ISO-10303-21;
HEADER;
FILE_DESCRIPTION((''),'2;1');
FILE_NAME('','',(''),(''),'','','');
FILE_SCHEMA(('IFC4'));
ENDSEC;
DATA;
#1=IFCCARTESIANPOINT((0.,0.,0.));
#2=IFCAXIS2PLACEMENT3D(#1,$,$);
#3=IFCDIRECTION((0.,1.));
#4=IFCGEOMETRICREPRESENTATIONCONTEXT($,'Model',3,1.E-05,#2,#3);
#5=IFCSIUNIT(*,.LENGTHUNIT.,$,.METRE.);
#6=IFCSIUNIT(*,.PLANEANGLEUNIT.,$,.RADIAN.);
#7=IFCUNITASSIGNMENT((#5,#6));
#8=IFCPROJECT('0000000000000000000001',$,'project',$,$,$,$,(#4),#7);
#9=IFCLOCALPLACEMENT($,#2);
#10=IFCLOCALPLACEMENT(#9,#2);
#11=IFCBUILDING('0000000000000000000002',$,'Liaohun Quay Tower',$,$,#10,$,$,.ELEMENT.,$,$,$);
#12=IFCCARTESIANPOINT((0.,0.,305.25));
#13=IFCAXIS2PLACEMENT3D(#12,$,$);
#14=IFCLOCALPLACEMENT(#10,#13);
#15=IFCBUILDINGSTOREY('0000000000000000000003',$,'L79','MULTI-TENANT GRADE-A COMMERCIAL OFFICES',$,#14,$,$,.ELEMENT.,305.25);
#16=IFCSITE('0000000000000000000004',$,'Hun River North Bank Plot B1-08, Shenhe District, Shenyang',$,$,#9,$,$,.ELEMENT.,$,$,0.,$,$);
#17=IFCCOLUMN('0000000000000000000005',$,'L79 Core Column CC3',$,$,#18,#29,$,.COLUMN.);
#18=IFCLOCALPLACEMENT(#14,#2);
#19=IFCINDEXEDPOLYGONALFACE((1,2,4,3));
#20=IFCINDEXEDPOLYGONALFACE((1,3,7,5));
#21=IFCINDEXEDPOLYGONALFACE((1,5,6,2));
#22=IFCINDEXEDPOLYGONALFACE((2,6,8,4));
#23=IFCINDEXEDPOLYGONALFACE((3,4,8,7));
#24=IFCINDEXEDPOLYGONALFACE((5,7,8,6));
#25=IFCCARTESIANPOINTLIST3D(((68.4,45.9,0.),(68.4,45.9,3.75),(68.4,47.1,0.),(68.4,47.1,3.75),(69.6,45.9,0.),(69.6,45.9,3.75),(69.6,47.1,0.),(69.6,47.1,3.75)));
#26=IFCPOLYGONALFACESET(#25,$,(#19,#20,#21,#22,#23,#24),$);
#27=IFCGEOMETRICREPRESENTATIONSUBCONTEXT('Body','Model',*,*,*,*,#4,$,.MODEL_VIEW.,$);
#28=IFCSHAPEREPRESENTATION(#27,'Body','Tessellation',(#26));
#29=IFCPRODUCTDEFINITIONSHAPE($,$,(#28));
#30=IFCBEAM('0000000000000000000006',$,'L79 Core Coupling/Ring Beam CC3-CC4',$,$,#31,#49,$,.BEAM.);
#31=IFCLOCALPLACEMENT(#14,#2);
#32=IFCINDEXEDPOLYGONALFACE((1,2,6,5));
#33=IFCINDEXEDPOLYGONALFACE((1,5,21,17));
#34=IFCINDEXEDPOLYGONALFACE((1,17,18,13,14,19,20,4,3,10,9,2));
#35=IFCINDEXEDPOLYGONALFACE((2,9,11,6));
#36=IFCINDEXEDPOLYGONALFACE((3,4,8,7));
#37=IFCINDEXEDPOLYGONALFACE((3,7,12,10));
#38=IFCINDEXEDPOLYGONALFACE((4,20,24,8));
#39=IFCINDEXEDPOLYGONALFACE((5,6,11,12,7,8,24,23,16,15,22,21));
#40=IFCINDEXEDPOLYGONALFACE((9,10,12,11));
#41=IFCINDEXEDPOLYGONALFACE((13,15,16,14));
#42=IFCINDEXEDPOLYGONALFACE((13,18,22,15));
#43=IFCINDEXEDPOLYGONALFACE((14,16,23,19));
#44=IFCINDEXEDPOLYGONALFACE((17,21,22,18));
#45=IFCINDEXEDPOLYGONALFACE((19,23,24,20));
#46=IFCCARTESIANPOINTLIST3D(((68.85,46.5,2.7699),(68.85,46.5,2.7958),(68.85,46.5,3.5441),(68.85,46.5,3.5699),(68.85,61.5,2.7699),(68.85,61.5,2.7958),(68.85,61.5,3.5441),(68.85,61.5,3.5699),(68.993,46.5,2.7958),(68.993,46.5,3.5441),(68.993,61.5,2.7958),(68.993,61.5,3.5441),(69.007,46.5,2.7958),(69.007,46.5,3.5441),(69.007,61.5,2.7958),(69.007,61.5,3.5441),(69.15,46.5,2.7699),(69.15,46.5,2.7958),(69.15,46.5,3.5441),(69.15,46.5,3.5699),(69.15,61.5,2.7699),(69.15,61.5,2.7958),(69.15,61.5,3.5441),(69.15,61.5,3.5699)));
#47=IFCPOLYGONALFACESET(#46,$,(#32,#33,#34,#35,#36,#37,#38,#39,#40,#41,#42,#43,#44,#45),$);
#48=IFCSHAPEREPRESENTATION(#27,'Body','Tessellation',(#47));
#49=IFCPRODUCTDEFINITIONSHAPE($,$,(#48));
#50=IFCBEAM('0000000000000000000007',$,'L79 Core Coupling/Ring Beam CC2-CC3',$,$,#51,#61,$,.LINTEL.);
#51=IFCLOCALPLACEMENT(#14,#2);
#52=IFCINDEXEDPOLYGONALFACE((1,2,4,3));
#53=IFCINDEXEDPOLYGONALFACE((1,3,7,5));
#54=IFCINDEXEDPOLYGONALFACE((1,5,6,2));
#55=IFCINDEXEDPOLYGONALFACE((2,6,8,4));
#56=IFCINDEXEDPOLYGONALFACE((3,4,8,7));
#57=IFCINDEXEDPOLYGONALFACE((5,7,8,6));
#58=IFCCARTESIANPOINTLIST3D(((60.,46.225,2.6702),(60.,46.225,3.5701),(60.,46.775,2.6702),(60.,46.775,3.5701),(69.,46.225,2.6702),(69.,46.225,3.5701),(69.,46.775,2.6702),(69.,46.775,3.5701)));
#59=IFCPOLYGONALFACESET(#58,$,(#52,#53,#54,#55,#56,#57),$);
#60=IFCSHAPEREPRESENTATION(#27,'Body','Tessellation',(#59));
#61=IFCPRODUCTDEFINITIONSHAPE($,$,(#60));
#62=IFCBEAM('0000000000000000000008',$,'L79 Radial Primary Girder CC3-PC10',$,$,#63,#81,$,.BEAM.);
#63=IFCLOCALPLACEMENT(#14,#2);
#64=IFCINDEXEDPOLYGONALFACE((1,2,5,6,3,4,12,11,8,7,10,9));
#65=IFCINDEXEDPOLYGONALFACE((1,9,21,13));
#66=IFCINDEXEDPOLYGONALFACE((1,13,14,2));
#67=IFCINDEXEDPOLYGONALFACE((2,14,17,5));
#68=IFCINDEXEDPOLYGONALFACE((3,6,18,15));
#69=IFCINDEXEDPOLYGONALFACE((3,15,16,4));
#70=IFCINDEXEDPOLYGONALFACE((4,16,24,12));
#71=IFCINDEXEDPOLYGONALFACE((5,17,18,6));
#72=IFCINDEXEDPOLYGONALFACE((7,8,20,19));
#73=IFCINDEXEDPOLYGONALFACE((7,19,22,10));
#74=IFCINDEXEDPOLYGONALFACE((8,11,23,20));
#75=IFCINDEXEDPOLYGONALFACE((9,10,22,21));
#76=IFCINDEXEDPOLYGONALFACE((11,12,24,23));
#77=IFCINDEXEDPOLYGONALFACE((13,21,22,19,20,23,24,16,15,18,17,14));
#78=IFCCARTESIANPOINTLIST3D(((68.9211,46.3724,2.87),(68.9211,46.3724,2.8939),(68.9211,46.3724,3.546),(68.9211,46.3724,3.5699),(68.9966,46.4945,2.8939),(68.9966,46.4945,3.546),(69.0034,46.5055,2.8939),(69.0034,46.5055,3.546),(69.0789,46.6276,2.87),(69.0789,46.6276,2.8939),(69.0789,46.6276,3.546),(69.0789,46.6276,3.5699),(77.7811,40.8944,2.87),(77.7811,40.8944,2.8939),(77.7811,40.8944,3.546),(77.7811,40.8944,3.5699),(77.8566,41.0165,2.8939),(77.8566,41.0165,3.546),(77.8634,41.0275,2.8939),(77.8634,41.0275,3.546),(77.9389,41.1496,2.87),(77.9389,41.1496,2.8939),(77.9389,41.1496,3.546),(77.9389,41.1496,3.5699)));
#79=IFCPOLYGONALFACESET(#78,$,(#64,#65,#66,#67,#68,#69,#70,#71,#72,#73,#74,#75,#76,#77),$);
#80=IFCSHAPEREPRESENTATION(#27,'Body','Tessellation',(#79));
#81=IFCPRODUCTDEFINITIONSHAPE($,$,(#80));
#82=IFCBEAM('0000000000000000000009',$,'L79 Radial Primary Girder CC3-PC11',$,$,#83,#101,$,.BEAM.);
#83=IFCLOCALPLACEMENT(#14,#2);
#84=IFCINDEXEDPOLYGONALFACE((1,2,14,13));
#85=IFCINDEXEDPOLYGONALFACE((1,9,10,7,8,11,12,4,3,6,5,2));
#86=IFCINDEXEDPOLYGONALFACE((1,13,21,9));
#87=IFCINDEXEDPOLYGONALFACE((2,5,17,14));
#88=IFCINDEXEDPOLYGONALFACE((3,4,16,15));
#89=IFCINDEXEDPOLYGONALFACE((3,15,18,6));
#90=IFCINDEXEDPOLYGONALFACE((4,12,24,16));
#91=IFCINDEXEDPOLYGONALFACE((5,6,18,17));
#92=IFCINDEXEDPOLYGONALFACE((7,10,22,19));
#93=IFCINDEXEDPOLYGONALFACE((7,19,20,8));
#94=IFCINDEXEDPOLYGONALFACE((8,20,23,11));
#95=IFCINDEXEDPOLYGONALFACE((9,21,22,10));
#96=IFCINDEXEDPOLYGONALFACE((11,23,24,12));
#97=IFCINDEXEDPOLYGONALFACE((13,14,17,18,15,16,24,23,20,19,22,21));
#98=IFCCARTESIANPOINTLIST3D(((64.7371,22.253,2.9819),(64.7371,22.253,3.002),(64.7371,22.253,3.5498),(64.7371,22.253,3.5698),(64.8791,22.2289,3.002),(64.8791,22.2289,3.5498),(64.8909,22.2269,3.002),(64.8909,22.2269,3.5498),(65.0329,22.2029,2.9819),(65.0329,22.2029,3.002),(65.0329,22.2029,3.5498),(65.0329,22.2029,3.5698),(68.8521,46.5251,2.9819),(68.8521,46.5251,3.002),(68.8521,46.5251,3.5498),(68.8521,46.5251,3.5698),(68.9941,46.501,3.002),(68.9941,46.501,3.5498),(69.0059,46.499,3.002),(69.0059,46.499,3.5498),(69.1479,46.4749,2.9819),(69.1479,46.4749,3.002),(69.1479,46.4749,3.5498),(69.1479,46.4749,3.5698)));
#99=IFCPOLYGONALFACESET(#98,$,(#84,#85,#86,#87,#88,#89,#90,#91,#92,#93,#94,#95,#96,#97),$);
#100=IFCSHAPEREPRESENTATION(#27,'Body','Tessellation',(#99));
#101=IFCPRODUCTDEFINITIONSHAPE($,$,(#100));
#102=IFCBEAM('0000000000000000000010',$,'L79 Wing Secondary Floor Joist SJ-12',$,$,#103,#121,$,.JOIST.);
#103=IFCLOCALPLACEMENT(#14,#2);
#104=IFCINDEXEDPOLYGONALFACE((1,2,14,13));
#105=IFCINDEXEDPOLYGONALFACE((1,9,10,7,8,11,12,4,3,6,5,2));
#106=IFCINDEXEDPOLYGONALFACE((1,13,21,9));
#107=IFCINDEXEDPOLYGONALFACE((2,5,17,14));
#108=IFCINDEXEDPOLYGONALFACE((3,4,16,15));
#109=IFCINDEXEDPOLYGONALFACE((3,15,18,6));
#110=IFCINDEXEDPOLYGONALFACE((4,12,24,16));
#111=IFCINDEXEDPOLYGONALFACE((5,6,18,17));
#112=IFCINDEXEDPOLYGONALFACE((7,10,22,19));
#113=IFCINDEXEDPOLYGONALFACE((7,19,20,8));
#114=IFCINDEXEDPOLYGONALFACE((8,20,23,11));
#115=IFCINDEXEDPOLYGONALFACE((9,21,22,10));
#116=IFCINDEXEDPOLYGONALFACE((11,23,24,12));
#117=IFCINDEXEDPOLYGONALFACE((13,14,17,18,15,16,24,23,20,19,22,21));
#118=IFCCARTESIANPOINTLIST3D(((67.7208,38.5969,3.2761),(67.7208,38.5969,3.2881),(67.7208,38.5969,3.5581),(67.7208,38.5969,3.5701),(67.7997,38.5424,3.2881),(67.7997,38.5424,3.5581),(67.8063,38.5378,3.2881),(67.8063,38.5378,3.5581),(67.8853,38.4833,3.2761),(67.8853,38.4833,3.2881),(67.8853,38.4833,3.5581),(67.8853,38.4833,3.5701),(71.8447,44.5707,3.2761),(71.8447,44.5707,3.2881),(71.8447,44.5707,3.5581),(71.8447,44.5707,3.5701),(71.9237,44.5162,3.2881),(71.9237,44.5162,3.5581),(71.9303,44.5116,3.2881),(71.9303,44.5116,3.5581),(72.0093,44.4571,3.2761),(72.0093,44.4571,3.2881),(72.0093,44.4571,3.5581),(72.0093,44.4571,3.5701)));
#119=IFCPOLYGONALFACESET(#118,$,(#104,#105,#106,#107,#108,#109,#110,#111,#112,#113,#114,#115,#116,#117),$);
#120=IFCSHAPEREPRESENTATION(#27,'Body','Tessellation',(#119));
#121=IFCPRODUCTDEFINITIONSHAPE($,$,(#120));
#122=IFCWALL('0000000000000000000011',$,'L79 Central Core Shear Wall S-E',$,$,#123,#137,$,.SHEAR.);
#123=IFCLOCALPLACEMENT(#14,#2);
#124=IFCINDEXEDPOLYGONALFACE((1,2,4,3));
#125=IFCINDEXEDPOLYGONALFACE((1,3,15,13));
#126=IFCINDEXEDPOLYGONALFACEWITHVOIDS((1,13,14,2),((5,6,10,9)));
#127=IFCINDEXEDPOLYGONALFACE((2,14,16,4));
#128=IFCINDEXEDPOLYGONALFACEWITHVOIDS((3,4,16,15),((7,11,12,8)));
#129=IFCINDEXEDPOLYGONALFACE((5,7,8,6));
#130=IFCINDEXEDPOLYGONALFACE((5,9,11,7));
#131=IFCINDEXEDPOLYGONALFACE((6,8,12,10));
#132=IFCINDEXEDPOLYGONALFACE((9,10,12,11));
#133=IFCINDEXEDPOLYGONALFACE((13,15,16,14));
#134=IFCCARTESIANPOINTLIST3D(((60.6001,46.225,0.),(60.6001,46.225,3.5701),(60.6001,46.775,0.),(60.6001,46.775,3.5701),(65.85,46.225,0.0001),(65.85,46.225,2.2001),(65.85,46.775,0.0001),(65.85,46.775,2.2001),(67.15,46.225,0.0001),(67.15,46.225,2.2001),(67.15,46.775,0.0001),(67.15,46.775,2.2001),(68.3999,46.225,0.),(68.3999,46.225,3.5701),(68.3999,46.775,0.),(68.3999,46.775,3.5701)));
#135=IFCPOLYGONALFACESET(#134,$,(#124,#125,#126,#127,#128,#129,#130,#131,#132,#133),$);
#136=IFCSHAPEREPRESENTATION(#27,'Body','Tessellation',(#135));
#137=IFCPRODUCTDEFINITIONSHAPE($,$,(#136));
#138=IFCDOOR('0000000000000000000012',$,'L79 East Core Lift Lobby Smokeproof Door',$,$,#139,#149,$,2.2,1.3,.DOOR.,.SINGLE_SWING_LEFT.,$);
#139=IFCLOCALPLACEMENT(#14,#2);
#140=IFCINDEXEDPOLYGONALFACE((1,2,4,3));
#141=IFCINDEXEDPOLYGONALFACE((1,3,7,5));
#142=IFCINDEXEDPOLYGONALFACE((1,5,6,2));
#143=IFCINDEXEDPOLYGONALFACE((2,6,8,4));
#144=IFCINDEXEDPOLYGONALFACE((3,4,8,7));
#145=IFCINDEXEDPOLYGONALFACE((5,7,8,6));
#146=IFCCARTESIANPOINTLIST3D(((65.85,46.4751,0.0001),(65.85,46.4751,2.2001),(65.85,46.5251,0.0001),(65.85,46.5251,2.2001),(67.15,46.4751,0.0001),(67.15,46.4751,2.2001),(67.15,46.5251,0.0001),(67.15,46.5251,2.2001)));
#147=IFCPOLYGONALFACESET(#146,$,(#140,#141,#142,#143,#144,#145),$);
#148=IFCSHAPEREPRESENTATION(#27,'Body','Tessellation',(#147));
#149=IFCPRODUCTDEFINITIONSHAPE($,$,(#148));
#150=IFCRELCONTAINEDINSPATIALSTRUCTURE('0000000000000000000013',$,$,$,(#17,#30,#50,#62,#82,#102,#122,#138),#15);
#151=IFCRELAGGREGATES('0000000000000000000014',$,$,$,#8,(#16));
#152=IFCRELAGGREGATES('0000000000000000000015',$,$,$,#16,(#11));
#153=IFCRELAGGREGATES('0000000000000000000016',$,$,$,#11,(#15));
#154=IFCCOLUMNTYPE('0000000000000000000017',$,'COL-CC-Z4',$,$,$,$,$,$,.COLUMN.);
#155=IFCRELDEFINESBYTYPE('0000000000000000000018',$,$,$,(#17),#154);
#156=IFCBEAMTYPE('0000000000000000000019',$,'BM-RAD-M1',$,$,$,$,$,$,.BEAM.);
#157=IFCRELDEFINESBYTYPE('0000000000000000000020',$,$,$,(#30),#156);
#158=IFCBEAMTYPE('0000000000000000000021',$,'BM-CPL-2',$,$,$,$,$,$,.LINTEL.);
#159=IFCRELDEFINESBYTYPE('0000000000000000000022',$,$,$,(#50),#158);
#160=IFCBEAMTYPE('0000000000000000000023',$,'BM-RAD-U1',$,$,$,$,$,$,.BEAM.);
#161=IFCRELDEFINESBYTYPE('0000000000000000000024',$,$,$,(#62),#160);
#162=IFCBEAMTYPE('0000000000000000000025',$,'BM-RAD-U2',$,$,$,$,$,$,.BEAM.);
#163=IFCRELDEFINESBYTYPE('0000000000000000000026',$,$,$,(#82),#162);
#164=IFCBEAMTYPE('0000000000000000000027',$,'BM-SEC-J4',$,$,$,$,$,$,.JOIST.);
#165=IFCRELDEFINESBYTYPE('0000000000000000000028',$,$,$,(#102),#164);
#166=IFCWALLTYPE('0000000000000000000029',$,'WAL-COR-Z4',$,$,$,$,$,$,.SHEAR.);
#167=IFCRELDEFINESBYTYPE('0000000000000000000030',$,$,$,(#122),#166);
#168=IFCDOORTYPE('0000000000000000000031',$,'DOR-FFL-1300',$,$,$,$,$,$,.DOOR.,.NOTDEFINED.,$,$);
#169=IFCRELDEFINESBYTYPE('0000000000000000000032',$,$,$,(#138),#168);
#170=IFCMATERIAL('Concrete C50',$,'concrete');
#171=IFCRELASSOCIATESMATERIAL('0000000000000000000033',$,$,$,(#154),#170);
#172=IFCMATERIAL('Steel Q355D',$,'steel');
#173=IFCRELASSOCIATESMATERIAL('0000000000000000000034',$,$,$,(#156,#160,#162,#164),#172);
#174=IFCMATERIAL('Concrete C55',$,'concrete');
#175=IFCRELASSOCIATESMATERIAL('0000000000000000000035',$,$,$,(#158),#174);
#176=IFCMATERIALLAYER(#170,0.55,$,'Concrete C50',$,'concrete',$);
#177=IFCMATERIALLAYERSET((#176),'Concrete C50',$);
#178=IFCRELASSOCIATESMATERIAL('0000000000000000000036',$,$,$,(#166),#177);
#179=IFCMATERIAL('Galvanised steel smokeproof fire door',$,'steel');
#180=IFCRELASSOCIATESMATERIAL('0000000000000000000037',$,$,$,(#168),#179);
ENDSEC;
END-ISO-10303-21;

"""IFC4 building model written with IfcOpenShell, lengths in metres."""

from ifc_helpers import new_model, si_unit, direction, frame, frame_2d, origin, origin_2d, place, context, subcontext, project, spatial, rectangle, i_section, extrude, source, transform, mapped, material, layer, layer_set, material_profile, profile_set, type_object, element, fill, save


model = new_model("IFC4")

# Units and contexts
model_context = context("Model", 3, precision=1e-05, world=origin(), true_north=direction((0.0, 1.0)))
body_context = subcontext(model_context, "Body", "Model", "MODEL_VIEW")
ifc_project = project(units=[si_unit("LENGTHUNIT", "METRE"), si_unit("PLANEANGLEUNIT", "RADIAN")], contexts=[model_context])

# Site, building, storey
site_placement = place(None, origin())
site = spatial("IfcSite", under=ifc_project, at=site_placement, Name="Hun River North Bank Plot B1-08, Shenhe District, Shenyang", CompositionType="ELEMENT", RefElevation=0.0)
building_placement = place(site_placement, origin())
building = spatial("IfcBuilding", under=site, at=building_placement, Name="Liaohun Quay Tower", CompositionType="ELEMENT")
storey_placement = place(building_placement, frame((0.0, 0.0, 305.25)))
storey = spatial("IfcBuildingStorey", under=building, at=storey_placement, Name="L79", Description="MULTI-TENANT GRADE-A COMMERCIAL OFFICES", CompositionType="ELEMENT", Elevation=305.25)

# Column
ifc_material_1 = material(Name="Concrete C50", Category="concrete")
ifc_material_profile_1 = material_profile(ifc_material_1, rectangle(XDim=1.2, YDim=1.2, at=origin_2d()), Name="RC1200x1200")
ifc_profile_set_1 = profile_set([ifc_material_profile_1], Name="Concrete C50")
column_type = type_object("IfcColumnType", Name="COL-CC-Z4", PredefinedType="COLUMN", material=ifc_profile_set_1)
shared_shape_1 = source(origin(), body_context, "Body", "SweptSolid", [
    extrude(rectangle(XDim=1.2, YDim=1.2, at=origin_2d()), origin(), (0.0, 0.0, 1.0), 3.75),
])
column_placement = place(storey_placement, frame((69.0, 46.5, 0.0), z_axis=(0.0, 0.0, 1.0), x_axis=(1.0, 0.0, 0.0)))
element("IfcColumn", 1, at=column_placement, inside=storey, type_object=column_type, Name="L79 Core Column CC3", PredefinedType="COLUMN", context=body_context, shape_type="MappedRepresentation", body=[
    mapped(shared_shape_1, transform((0.0, 0.0, 0.0), x_axis=(1.0, 0.0, 0.0), y_axis=(0.0, 1.0, 0.0), z_axis=(0.0, 0.0, 1.0), scale=1.0)),
])

# Beams
ifc_material_2 = material(Name="Steel Q355D", Category="steel")
ifc_material_profile_2 = material_profile(ifc_material_2, i_section(OverallWidth=0.3, OverallDepth=0.8, WebThickness=0.0139, FlangeThickness=0.0259, at=origin_2d()), Name="HN800x300x14x26")
ifc_profile_set_2 = profile_set([ifc_material_profile_2], Name="Steel Q355D")
beam_type_1 = type_object("IfcBeamType", Name="BM-RAD-M1", PredefinedType="BEAM", material=ifc_profile_set_2)
shared_shape_2 = source(origin(), body_context, "Body", "SweptSolid", [
    extrude(i_section(OverallWidth=0.3, OverallDepth=0.8, WebThickness=0.0139, FlangeThickness=0.0259, at=origin_2d()), origin(), (0.0, 0.0, 1.0), 15.0),
])
beam_1_placement = place(storey_placement, frame((69.0, 46.5, 3.1699), z_axis=(0.0, 1.0, 0.0), x_axis=(-1.0, 0.0, 0.0)))
element("IfcBeam", 2, at=beam_1_placement, inside=storey, type_object=beam_type_1, Name="L79 Core Coupling/Ring Beam CC3-CC4", PredefinedType="BEAM", context=body_context, shape_type="MappedRepresentation", body=[
    mapped(shared_shape_2, transform((0.0, 0.0, 0.0), x_axis=(1.0, 0.0, 0.0), y_axis=(0.0, 1.0, 0.0), z_axis=(0.0, 0.0, 1.0), scale=1.0)),
])
ifc_material_3 = material(Name="Concrete C55", Category="concrete")
ifc_material_profile_3 = material_profile(ifc_material_3, rectangle(XDim=0.55, YDim=0.8999, at=origin_2d()), Name="RC550x900")
ifc_profile_set_3 = profile_set([ifc_material_profile_3], Name="Concrete C55")
beam_type_2 = type_object("IfcBeamType", Name="BM-CPL-2", PredefinedType="LINTEL", material=ifc_profile_set_3)
shared_shape_3 = source(origin(), body_context, "Body", "SweptSolid", [
    extrude(rectangle(XDim=0.55, YDim=0.8999, at=origin_2d()), origin(), (0.0, 0.0, 1.0), 9.0),
])
beam_2_placement = place(storey_placement, frame((60.0, 46.5, 3.1201), z_axis=(1.0, 0.0, 0.0), x_axis=(0.0, 1.0, 0.0)))
element("IfcBeam", 3, at=beam_2_placement, inside=storey, type_object=beam_type_2, Name="L79 Core Coupling/Ring Beam CC2-CC3", PredefinedType="LINTEL", context=body_context, shape_type="MappedRepresentation", body=[
    mapped(shared_shape_3, transform((0.0, 0.0, 0.0), x_axis=(1.0, 0.0, 0.0), y_axis=(0.0, 1.0, 0.0), z_axis=(0.0, 0.0, 1.0), scale=1.0)),
])
ifc_material_profile_4 = material_profile(ifc_material_2, i_section(OverallWidth=0.3, OverallDepth=0.7, WebThickness=0.0129, FlangeThickness=0.0239, at=origin_2d()), Name="HN700x300x13x24")
ifc_profile_set_4 = profile_set([ifc_material_profile_4], Name="Steel Q355D")
beam_type_3 = type_object("IfcBeamType", Name="BM-RAD-U1", PredefinedType="BEAM", material=ifc_profile_set_4)
shared_shape_4 = source(origin(), body_context, "Body", "SweptSolid", [
    extrude(i_section(OverallWidth=0.3, OverallDepth=0.7, WebThickness=0.0129, FlangeThickness=0.0239, at=origin_2d()), origin(), (0.0, 0.0, 1.0), 10.4167),
])
beam_3_placement = place(storey_placement, frame((69.0, 46.5, 3.22), z_axis=(0.850557, -0.525883, 0.0), x_axis=(0.525883, 0.850557, 0.0)))
element("IfcBeam", 4, at=beam_3_placement, inside=storey, type_object=beam_type_3, Name="L79 Radial Primary Girder CC3-PC10", PredefinedType="BEAM", context=body_context, shape_type="MappedRepresentation", body=[
    mapped(shared_shape_4, transform((0.0, 0.0, 0.0), x_axis=(1.0, 0.0, 0.0), y_axis=(0.0, 1.0, 0.0), z_axis=(0.0, 0.0, 1.0), scale=1.0)),
])
ifc_material_profile_5 = material_profile(ifc_material_2, i_section(OverallWidth=0.3, OverallDepth=0.5879, WebThickness=0.012, FlangeThickness=0.02, at=origin_2d()), Name="HM588x300x12x20")
ifc_profile_set_5 = profile_set([ifc_material_profile_5], Name="Steel Q355D")
beam_type_4 = type_object("IfcBeamType", Name="BM-RAD-U2", PredefinedType="BEAM", material=ifc_profile_set_5)
shared_shape_5 = source(origin(), body_context, "Body", "SweptSolid", [
    extrude(i_section(OverallWidth=0.3, OverallDepth=0.5879, WebThickness=0.012, FlangeThickness=0.02, at=origin_2d()), origin(), (0.0, 0.0, 1.0), 24.6184),
])
beam_4_placement = place(storey_placement, frame((69.0, 46.5, 3.2759), z_axis=(-0.167152, -0.985931, 0.0), x_axis=(0.985931, -0.167152, 0.0)))
element("IfcBeam", 5, at=beam_4_placement, inside=storey, type_object=beam_type_4, Name="L79 Radial Primary Girder CC3-PC11", PredefinedType="BEAM", context=body_context, shape_type="MappedRepresentation", body=[
    mapped(shared_shape_5, transform((0.0, 0.0, 0.0), x_axis=(1.0, 0.0, 0.0), y_axis=(0.0, 1.0, 0.0), z_axis=(0.0, 0.0, 1.0), scale=1.0)),
])
ifc_material_profile_6 = material_profile(ifc_material_2, i_section(OverallWidth=0.2, OverallDepth=0.2939, WebThickness=0.0081, FlangeThickness=0.012, at=origin_2d()), Name="HM294x200x8x12")
ifc_profile_set_6 = profile_set([ifc_material_profile_6], Name="Steel Q355D")
beam_type_5 = type_object("IfcBeamType", Name="BM-SEC-J4", PredefinedType="JOIST", material=ifc_profile_set_6)
shared_shape_6 = source(origin(), body_context, "Body", "SweptSolid", [
    extrude(i_section(OverallWidth=0.2, OverallDepth=0.2939, WebThickness=0.0081, FlangeThickness=0.012, at=origin_2d()), origin(), (0.0, 0.0, 1.0), 7.259),
])
beam_5_placement = place(storey_placement, frame((71.927, 44.5139, 3.4231), z_axis=(-0.568116, -0.822948, 0.0), x_axis=(0.822948, -0.568116, 0.0)))
element("IfcBeam", 6, at=beam_5_placement, inside=storey, type_object=beam_type_5, Name="L79 Wing Secondary Floor Joist SJ-12", PredefinedType="JOIST", context=body_context, shape_type="MappedRepresentation", body=[
    mapped(shared_shape_6, transform((0.0, 0.0, 0.0), x_axis=(1.0, 0.0, 0.0), y_axis=(0.0, 1.0, 0.0), z_axis=(0.0, 0.0, 1.0), scale=1.0)),
])

# Wall, opening, door
ifc_layer_1 = layer(ifc_material_1, 0.55, Name="Concrete C50", Category="concrete")
ifc_layer_set_1 = layer_set([ifc_layer_1], Name="Concrete C50")
wall_type_1 = type_object("IfcWallType", Name="WAL-COR-Z4", PredefinedType="SHEAR", material=ifc_layer_set_1)
wall_1_placement = place(storey_placement, frame((68.3999, 46.5, 0.0), z_axis=(0.0, 0.0, 1.0), x_axis=(-1.0, 0.0, 0.0)))
wall_1 = element("IfcWall", 7, at=wall_1_placement, inside=storey, type_object=wall_type_1, Name="L79 Central Core Shear Wall S-E", PredefinedType="SHEAR", context=body_context, shape_type="SweptSolid", body=[
    extrude(rectangle(XDim=7.7998, YDim=0.55, at=frame_2d((3.8999, 0.0))), origin(), (0.0, 0.0, 1.0), 3.5701),
])
shared_shape_7 = source(origin(), body_context, "Body", "SweptSolid", [
    extrude(rectangle(XDim=1.3, YDim=2.2, at=frame_2d((0.6499, 1.1001))), frame((0.0, 0.2849, 0.0), z_axis=(0.0, -1.0, 0.0), x_axis=(1.0, 0.0, 0.0)), (0.0, 0.0, 1.0), 0.5701),
])
opening_1_placement = place(wall_1_placement, frame((1.25, 0.0, 0.0)))
opening_1 = element("IfcOpeningElement", 8, at=opening_1_placement, cuts=wall_1, PredefinedType="OPENING", context=body_context, shape_type="MappedRepresentation", body=[
    mapped(shared_shape_7, transform((0.0, 0.0, 0.0), x_axis=(1.0, 0.0, 0.0), y_axis=(0.0, 1.0, 0.0), z_axis=(0.0, 0.0, 1.0), scale=1.0)),
])
ifc_material_4 = material(Name="Galvanised steel smokeproof fire door", Category="steel")
door_type_1 = type_object("IfcDoorType", Name="DOR-FFL-1300", OperationType="NOTDEFINED", PredefinedType="DOOR", material=ifc_material_4)
shared_shape_8 = source(origin(), body_context, "Body", "SweptSolid", [
    extrude(rectangle(XDim=1.3, YDim=2.2, at=frame_2d((0.6499, 1.1001))), frame((0.0, 0.0249, 0.0), z_axis=(0.0, -1.0, 0.0), x_axis=(1.0, 0.0, 0.0)), (0.0, 0.0, 1.0), 0.05),
])
door_1_placement = place(opening_1_placement, origin())
door_1 = element("IfcDoor", 9, at=door_1_placement, inside=storey, type_object=door_type_1, Name="L79 East Core Lift Lobby Smokeproof Door", OperationType="SINGLE_SWING_LEFT", OverallHeight=2.2, OverallWidth=1.3, PredefinedType="DOOR", context=body_context, shape_type="MappedRepresentation", body=[
    mapped(shared_shape_8, transform((0.0, 0.0, 0.0), x_axis=(1.0, 0.0, 0.0), y_axis=(0.0, 1.0, 0.0), z_axis=(0.0, 0.0, 1.0), scale=1.0)),
])
fill(opening_1, door_1)

save(model, "model.ifc")
